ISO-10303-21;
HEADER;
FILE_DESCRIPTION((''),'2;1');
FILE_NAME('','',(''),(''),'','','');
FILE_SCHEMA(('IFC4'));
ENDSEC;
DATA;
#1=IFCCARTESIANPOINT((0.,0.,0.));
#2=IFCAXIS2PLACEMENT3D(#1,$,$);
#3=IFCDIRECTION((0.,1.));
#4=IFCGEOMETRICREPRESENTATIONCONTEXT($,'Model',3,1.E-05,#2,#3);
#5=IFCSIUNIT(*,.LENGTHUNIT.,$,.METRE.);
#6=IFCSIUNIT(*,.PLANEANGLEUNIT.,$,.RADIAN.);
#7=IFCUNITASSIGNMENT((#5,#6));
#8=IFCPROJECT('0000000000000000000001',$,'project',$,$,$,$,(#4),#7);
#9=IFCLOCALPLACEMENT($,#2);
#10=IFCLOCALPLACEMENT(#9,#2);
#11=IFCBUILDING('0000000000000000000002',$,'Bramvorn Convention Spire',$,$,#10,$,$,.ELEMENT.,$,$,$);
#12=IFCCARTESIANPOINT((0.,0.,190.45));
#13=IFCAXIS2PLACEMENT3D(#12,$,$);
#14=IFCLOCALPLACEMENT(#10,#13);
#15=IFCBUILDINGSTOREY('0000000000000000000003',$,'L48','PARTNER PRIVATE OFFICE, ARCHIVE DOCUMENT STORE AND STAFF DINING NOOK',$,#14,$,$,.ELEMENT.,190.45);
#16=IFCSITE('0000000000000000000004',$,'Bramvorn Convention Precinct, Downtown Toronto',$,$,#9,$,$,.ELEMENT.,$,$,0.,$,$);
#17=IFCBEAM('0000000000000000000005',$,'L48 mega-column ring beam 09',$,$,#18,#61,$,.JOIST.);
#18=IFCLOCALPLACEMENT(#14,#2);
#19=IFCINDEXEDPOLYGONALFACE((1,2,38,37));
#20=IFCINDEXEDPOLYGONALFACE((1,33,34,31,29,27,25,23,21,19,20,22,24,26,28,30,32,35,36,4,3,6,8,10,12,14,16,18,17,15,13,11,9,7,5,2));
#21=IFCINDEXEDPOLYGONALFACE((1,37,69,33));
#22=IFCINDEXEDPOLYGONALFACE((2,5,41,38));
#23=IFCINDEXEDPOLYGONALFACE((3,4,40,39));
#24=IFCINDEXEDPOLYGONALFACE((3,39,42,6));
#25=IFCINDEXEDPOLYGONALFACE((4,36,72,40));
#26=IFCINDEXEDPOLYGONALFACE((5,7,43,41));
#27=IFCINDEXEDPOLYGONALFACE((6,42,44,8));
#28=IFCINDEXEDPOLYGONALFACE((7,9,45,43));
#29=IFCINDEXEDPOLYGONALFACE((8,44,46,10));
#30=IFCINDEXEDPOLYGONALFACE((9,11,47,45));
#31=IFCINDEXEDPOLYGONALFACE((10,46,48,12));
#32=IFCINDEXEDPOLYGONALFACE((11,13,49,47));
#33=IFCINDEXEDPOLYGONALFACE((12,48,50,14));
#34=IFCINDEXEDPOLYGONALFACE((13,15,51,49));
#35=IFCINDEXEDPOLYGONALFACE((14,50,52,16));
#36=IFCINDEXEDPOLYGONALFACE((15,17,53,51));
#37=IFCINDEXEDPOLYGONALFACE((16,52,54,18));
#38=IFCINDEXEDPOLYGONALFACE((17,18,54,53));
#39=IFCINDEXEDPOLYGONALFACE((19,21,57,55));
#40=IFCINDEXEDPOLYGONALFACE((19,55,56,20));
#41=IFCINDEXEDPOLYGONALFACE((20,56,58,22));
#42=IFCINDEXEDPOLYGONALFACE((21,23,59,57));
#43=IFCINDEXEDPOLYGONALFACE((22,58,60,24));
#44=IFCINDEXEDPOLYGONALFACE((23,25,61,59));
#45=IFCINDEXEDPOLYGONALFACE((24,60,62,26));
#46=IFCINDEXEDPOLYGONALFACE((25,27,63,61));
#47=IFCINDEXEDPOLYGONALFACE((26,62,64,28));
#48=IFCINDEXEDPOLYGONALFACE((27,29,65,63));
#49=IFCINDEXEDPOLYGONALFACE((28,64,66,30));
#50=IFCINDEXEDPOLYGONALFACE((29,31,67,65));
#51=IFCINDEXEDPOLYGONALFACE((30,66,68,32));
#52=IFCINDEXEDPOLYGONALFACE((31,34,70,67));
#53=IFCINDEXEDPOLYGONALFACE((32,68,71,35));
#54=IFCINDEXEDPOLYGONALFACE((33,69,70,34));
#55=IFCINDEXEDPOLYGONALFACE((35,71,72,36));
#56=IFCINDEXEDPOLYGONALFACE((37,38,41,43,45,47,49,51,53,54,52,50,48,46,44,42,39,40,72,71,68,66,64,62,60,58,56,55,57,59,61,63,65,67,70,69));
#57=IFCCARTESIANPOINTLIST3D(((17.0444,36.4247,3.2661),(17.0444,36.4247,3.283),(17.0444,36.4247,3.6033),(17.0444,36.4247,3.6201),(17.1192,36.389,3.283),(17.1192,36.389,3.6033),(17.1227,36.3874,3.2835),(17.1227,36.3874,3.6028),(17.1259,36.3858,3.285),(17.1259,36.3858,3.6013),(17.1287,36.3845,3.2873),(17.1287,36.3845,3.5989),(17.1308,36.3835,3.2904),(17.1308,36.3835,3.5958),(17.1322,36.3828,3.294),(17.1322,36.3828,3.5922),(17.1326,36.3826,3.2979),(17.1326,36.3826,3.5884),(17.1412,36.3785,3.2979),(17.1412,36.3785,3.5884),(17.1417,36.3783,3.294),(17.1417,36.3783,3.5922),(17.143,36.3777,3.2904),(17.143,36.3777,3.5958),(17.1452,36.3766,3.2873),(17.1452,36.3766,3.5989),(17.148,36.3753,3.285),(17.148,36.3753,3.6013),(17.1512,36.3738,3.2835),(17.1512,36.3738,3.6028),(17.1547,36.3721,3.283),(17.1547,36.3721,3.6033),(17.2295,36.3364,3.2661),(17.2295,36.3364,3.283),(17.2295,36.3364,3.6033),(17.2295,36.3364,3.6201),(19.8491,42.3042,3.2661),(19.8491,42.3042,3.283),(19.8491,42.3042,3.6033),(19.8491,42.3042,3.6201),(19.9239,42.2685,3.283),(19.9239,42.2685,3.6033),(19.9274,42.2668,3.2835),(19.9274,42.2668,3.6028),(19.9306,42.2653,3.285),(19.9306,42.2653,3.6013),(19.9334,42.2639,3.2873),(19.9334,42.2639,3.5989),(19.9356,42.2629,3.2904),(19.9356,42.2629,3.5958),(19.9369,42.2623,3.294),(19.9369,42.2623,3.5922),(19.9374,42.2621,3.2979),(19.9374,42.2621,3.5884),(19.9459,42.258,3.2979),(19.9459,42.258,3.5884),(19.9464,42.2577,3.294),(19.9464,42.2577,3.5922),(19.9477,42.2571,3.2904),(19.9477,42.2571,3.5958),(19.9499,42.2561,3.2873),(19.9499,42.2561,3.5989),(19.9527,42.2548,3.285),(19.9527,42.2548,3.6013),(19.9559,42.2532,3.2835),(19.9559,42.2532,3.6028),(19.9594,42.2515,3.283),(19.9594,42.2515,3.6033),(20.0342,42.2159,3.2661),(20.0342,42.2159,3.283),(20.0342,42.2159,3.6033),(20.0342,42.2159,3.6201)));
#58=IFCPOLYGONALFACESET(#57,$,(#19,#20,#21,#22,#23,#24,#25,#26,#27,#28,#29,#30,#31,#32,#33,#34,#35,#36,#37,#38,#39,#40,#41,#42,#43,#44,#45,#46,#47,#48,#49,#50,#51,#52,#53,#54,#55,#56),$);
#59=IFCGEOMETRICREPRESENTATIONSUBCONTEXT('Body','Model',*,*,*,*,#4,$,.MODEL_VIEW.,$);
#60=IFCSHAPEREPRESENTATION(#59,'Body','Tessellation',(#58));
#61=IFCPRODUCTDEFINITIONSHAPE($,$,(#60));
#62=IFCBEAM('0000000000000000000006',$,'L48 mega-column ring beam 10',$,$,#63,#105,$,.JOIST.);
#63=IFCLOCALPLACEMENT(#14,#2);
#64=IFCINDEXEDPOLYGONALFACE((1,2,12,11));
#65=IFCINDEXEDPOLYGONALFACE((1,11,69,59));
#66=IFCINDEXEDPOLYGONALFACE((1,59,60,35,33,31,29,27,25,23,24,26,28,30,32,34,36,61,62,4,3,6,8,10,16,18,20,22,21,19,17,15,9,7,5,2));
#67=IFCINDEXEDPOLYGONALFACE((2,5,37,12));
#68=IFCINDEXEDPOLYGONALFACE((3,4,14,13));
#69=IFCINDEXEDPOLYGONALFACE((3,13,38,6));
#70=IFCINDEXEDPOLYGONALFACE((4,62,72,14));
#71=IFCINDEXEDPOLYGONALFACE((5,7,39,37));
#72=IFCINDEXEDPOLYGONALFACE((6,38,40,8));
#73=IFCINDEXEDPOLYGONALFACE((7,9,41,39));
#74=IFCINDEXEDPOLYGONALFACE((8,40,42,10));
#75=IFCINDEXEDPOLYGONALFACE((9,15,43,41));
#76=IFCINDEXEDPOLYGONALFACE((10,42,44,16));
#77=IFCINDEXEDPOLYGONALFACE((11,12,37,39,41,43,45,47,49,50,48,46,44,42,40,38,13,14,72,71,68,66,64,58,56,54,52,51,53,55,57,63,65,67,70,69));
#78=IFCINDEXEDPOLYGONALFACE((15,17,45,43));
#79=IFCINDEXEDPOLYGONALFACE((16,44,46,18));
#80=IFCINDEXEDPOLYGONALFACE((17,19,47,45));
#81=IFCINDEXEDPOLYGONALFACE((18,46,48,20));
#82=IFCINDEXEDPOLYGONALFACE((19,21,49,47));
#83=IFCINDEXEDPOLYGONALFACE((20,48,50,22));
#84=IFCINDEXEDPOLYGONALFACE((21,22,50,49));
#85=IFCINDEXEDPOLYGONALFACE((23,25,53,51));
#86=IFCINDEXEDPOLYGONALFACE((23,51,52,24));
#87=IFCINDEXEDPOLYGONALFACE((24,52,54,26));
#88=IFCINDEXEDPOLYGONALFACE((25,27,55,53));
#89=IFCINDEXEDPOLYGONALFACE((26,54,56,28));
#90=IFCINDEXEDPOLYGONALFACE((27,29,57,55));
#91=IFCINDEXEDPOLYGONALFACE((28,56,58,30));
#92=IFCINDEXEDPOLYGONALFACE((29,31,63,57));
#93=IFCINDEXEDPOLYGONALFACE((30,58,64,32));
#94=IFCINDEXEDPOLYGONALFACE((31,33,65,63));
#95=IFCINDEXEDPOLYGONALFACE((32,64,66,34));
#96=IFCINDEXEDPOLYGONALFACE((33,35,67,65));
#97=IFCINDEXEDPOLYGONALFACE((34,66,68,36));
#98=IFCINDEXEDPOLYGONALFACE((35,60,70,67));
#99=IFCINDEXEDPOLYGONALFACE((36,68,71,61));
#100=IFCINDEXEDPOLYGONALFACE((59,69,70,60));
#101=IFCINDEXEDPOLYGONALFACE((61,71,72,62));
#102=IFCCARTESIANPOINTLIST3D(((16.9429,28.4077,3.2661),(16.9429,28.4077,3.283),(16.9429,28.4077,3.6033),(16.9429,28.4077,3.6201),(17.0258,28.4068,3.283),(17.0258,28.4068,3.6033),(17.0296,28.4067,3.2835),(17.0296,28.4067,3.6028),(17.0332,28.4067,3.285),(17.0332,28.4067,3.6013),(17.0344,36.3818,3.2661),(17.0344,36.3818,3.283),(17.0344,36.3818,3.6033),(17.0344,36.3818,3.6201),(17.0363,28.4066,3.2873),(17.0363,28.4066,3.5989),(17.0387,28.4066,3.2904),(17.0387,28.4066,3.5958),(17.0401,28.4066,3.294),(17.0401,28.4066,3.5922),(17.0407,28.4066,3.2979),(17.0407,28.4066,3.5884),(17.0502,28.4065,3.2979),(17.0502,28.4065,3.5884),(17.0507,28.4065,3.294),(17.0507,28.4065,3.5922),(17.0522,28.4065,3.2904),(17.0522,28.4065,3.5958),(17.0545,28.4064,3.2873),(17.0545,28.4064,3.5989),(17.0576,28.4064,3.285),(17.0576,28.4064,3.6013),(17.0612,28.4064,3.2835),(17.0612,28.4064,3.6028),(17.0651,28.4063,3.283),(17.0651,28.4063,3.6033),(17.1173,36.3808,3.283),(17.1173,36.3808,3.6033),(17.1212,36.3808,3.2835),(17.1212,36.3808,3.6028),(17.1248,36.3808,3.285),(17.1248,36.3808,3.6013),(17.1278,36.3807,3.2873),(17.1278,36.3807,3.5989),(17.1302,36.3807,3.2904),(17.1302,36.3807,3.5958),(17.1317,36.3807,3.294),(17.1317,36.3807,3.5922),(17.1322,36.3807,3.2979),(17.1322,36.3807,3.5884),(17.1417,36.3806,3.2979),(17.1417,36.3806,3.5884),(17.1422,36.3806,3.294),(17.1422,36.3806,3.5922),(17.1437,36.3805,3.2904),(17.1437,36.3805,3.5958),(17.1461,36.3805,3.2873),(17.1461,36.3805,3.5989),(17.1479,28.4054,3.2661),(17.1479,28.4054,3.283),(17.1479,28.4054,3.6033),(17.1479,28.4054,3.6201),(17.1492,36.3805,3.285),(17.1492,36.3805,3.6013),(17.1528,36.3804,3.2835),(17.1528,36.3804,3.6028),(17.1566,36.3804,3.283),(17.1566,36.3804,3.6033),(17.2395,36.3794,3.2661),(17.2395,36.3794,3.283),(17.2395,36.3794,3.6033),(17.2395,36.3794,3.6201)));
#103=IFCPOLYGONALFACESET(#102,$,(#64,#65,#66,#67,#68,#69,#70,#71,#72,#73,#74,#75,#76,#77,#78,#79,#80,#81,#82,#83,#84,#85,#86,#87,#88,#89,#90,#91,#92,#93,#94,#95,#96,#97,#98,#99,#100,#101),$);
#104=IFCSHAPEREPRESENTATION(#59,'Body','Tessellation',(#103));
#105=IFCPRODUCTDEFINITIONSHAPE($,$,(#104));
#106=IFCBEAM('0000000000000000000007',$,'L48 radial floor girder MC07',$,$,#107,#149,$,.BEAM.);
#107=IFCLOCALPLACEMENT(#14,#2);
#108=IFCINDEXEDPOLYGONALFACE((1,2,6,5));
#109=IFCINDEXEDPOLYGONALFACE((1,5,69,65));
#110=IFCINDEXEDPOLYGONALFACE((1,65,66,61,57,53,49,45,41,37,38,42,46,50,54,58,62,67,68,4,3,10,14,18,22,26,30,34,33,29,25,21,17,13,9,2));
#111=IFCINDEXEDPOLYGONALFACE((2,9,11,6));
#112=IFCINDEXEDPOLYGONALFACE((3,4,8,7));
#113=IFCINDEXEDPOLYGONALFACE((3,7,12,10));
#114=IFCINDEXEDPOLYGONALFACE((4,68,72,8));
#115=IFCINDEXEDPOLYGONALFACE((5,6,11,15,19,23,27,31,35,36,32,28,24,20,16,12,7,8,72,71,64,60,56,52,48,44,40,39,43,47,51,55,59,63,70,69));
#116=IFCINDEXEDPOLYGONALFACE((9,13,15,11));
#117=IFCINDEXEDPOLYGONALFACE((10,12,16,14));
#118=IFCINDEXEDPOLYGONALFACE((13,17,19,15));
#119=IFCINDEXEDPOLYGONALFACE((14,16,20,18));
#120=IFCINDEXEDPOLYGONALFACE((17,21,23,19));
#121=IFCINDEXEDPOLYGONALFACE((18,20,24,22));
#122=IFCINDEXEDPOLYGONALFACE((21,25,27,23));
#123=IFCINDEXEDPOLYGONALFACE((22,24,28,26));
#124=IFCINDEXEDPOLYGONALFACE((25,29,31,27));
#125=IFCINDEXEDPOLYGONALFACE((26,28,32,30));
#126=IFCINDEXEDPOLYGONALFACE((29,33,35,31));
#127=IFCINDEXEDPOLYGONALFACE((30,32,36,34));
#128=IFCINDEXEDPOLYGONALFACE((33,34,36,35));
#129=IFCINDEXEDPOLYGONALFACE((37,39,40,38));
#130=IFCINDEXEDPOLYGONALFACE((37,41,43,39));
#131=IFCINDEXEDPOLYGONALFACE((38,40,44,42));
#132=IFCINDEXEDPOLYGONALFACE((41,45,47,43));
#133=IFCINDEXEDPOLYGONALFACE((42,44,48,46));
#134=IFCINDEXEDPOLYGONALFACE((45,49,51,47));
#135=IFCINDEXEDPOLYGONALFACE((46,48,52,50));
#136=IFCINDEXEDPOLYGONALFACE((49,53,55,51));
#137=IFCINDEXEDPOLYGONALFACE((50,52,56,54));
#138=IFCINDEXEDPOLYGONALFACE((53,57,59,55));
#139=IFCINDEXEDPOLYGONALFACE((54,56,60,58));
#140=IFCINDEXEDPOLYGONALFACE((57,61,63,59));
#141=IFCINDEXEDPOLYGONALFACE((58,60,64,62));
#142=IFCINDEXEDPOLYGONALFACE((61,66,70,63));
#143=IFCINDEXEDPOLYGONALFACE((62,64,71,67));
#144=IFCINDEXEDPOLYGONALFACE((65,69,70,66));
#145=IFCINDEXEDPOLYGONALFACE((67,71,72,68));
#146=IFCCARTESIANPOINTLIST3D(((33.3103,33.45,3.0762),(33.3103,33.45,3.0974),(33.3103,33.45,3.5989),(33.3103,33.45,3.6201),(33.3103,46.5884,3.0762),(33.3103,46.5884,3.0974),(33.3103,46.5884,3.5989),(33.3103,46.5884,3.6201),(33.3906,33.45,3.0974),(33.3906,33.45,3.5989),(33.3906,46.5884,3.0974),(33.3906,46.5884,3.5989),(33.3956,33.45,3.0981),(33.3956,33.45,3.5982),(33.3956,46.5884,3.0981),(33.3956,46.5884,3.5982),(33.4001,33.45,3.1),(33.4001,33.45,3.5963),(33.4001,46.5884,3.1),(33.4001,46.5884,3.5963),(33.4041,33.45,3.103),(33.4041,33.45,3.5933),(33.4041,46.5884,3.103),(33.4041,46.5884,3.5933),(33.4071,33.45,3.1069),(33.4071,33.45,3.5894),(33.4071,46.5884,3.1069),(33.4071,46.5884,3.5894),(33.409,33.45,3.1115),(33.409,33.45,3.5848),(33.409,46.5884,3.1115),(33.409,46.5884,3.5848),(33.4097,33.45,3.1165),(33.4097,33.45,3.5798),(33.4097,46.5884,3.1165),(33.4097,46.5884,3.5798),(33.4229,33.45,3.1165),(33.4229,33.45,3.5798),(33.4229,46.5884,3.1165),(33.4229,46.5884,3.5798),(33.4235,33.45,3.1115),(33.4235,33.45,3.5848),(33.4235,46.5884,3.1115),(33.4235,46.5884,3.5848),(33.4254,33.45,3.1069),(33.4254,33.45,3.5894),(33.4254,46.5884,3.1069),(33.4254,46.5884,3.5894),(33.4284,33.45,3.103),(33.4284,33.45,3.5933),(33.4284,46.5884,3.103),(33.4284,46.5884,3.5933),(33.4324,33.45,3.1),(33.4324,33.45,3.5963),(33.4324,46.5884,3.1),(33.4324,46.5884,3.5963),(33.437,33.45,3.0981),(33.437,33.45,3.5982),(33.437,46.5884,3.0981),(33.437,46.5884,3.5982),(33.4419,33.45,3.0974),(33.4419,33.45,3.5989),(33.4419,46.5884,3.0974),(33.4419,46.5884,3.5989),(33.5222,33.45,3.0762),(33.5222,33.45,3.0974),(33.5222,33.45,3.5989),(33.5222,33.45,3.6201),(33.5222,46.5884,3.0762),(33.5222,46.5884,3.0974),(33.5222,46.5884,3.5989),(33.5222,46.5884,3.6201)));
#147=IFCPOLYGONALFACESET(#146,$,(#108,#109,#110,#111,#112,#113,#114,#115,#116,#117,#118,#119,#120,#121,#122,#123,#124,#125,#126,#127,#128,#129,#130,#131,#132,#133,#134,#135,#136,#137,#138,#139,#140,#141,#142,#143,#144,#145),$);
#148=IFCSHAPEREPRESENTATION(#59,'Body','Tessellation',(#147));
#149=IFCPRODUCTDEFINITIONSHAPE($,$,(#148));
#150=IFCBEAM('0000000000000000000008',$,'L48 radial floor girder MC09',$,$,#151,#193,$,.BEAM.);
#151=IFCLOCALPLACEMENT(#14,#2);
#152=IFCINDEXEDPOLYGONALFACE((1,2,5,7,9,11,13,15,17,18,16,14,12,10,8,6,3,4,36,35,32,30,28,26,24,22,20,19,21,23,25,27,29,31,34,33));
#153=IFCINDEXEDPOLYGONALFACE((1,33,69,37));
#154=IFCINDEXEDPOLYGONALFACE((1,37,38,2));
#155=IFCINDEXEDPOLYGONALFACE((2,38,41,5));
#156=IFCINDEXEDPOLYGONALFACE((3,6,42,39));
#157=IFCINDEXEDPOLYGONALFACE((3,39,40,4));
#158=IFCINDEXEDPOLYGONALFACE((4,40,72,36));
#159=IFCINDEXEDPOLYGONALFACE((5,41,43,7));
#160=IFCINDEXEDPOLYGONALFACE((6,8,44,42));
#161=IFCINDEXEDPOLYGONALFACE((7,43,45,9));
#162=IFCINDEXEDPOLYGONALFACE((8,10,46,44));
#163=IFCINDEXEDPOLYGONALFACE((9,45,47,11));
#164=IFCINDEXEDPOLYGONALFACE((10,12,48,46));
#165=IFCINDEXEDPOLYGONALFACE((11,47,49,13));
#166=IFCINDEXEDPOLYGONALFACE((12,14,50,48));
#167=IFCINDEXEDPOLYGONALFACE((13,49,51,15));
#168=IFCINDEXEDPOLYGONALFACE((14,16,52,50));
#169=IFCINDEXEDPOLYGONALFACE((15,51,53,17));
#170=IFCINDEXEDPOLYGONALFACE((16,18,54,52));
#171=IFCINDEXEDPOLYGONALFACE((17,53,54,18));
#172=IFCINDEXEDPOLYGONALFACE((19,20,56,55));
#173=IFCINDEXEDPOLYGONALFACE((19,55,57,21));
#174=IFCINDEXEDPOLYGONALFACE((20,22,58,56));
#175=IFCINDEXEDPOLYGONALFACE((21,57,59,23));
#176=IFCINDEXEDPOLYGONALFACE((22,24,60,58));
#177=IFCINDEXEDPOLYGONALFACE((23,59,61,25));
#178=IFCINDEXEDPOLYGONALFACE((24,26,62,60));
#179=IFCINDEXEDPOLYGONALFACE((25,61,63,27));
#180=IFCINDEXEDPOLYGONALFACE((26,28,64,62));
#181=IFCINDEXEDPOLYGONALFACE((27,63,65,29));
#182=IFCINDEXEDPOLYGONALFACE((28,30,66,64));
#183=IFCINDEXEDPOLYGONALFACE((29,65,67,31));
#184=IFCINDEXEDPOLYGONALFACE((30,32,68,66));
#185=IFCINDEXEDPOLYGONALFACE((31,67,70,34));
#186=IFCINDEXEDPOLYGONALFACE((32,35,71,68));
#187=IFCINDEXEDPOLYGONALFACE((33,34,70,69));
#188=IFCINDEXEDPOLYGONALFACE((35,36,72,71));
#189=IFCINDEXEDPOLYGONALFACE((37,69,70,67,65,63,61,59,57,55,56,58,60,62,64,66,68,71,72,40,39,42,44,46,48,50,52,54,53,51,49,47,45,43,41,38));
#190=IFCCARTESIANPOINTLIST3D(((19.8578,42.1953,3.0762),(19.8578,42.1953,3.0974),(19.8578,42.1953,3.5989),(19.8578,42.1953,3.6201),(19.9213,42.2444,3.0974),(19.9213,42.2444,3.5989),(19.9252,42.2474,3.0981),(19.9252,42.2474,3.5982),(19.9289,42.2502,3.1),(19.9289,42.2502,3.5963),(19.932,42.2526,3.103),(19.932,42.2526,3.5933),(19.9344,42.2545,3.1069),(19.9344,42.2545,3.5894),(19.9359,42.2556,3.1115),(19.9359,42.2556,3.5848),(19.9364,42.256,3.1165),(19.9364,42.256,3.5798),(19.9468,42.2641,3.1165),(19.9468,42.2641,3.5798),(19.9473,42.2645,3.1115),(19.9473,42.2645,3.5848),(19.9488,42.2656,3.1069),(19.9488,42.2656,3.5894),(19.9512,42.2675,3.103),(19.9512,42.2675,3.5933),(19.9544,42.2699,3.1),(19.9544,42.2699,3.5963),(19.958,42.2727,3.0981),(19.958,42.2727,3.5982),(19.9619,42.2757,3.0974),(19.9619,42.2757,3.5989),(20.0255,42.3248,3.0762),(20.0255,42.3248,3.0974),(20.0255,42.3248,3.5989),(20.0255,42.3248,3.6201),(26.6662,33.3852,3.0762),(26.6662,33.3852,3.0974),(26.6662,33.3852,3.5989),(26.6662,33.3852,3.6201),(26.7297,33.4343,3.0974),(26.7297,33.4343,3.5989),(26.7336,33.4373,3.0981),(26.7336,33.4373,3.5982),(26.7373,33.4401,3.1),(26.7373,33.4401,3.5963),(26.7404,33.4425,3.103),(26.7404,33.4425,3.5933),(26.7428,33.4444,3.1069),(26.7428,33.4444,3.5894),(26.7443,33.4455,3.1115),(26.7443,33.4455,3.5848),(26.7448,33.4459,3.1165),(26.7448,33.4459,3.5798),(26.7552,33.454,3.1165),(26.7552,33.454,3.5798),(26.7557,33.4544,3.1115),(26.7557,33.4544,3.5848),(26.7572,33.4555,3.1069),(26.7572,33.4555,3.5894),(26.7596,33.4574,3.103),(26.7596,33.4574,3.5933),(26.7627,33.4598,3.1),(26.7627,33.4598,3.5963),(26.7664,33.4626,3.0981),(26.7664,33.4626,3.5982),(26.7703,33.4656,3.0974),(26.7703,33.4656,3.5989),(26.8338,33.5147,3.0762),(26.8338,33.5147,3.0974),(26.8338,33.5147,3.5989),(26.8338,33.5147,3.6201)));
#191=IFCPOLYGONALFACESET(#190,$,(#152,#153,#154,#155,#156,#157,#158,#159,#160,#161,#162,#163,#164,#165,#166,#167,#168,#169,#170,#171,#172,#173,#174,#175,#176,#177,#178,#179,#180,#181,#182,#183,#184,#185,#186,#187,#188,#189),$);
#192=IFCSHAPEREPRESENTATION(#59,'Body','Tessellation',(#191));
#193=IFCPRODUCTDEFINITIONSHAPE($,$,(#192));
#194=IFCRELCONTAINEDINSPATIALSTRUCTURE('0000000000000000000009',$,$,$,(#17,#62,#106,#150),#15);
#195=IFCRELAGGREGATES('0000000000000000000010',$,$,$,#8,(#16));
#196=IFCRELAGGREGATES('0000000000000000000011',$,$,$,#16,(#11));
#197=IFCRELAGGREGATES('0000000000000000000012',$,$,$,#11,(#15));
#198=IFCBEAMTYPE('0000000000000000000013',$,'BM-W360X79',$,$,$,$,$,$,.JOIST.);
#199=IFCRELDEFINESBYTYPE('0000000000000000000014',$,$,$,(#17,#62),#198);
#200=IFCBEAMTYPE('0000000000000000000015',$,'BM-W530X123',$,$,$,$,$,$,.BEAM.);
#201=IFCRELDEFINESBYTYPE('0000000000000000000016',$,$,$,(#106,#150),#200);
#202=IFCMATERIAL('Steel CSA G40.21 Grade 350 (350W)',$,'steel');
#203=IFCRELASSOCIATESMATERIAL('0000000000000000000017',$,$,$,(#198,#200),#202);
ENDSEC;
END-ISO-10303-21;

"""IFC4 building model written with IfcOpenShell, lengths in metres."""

from ifc_helpers import new_model, si_unit, direction, frame, origin, origin_2d, place, context, subcontext, project, spatial, i_section, extrude, material, material_profile, profile_set, type_object, element, save


model = new_model("IFC4")

# Units and contexts
model_context = context("Model", 3, precision=1e-05, world=origin(), true_north=direction((0.0, 1.0)))
body_context = subcontext(model_context, "Body", "Model", "MODEL_VIEW")
ifc_project = project(units=[si_unit("LENGTHUNIT", "METRE"), si_unit("PLANEANGLEUNIT", "RADIAN")], contexts=[model_context])

# Site, building, storey
site_placement = place(None, origin())
site = spatial("IfcSite", under=ifc_project, at=site_placement, Name="Bramvorn Convention Precinct, Downtown Toronto", CompositionType="ELEMENT", RefElevation=0.0)
building_placement = place(site_placement, origin())
building = spatial("IfcBuilding", under=site, at=building_placement, Name="Bramvorn Convention Spire", CompositionType="ELEMENT")
storey_placement = place(building_placement, frame((0.0, 0.0, 190.45)))
storey = spatial("IfcBuildingStorey", under=building, at=storey_placement, Name="L48", Description="PARTNER PRIVATE OFFICE, ARCHIVE DOCUMENT STORE AND STAFF DINING NOOK", CompositionType="ELEMENT", Elevation=190.45)

# Shared definitions
ifc_material_1 = material(Name="Steel CSA G40.21 Grade 350 (350W)", Category="steel")

# Beams
ifc_material_profile_1 = material_profile(ifc_material_1, i_section(OverallWidth=0.2051, OverallDepth=0.354, WebThickness=0.0095, FlangeThickness=0.0168, FilletRadius=0.0149, at=origin_2d()))
ifc_profile_set_1 = profile_set([ifc_material_profile_1], Name="Steel CSA G40.21 Grade 350 (350W) - W360X79")
beam_type_1 = type_object("IfcBeamType", Name="BM-W360X79", PredefinedType="JOIST", material=ifc_profile_set_1)
beam_1_placement = place(storey_placement, frame((19.9417, 42.26, 3.4431), z_axis=(-0.430556, -0.902564, 0.0), x_axis=(0.902564, -0.430556, 0.0)))
element("IfcBeam", 1, at=beam_1_placement, inside=storey, type_object=beam_type_1, Name="L48 mega-column ring beam 09", PredefinedType="JOIST", context=body_context, shape_type="SweptSolid", body=[
    extrude(i_section(OverallWidth=0.2051, OverallDepth=0.354, WebThickness=0.0095, FlangeThickness=0.0168, FilletRadius=0.0149, at=origin_2d()), origin(), (0.0, 0.0, 1.0), 6.5142),
])
beam_2_placement = place(storey_placement, frame((17.137, 36.3806, 3.4431), z_axis=(-0.01148, -0.999934, 0.0), x_axis=(0.999934, -0.01148, 0.0)))
element("IfcBeam", 2, at=beam_2_placement, inside=storey, type_object=beam_type_1, Name="L48 mega-column ring beam 10", PredefinedType="JOIST", context=body_context, shape_type="SweptSolid", body=[
    extrude(i_section(OverallWidth=0.2051, OverallDepth=0.354, WebThickness=0.0095, FlangeThickness=0.0168, FilletRadius=0.0149, at=origin_2d()), origin(), (0.0, 0.0, 1.0), 7.9746),
])
ifc_material_profile_2 = material_profile(ifc_material_1, i_section(OverallWidth=0.2119, OverallDepth=0.5439, WebThickness=0.0132, FlangeThickness=0.0212, FilletRadius=0.019, at=origin_2d()))
ifc_profile_set_2 = profile_set([ifc_material_profile_2], Name="Steel CSA G40.21 Grade 350 (350W) - W530X123")
beam_type_2 = type_object("IfcBeamType", Name="BM-W530X123", PredefinedType="BEAM", material=ifc_profile_set_2)
beam_3_placement = place(storey_placement, frame((33.4163, 33.45, 3.3481), z_axis=(0.0, 1.0, 0.0), x_axis=(-1.0, 0.0, 0.0)))
element("IfcBeam", 3, at=beam_3_placement, inside=storey, type_object=beam_type_2, Name="L48 radial floor girder MC07", PredefinedType="BEAM", context=body_context, shape_type="SweptSolid", body=[
    extrude(i_section(OverallWidth=0.2119, OverallDepth=0.5439, WebThickness=0.0132, FlangeThickness=0.0212, FilletRadius=0.019, at=origin_2d()), origin(), (0.0, 0.0, 1.0), 13.1384),
])
beam_4_placement = place(storey_placement, frame((26.75, 33.45, 3.3481), z_axis=(-0.61148, 0.79126, 0.0), x_axis=(-0.79126, -0.61148, 0.0)))
element("IfcBeam", 4, at=beam_4_placement, inside=storey, type_object=beam_type_2, Name="L48 radial floor girder MC09", PredefinedType="BEAM", context=body_context, shape_type="SweptSolid", body=[
    extrude(i_section(OverallWidth=0.2119, OverallDepth=0.5439, WebThickness=0.0132, FlangeThickness=0.0212, FilletRadius=0.019, at=origin_2d()), origin(), (0.0, 0.0, 1.0), 11.1343),
])

save(model, "model.ifc")
